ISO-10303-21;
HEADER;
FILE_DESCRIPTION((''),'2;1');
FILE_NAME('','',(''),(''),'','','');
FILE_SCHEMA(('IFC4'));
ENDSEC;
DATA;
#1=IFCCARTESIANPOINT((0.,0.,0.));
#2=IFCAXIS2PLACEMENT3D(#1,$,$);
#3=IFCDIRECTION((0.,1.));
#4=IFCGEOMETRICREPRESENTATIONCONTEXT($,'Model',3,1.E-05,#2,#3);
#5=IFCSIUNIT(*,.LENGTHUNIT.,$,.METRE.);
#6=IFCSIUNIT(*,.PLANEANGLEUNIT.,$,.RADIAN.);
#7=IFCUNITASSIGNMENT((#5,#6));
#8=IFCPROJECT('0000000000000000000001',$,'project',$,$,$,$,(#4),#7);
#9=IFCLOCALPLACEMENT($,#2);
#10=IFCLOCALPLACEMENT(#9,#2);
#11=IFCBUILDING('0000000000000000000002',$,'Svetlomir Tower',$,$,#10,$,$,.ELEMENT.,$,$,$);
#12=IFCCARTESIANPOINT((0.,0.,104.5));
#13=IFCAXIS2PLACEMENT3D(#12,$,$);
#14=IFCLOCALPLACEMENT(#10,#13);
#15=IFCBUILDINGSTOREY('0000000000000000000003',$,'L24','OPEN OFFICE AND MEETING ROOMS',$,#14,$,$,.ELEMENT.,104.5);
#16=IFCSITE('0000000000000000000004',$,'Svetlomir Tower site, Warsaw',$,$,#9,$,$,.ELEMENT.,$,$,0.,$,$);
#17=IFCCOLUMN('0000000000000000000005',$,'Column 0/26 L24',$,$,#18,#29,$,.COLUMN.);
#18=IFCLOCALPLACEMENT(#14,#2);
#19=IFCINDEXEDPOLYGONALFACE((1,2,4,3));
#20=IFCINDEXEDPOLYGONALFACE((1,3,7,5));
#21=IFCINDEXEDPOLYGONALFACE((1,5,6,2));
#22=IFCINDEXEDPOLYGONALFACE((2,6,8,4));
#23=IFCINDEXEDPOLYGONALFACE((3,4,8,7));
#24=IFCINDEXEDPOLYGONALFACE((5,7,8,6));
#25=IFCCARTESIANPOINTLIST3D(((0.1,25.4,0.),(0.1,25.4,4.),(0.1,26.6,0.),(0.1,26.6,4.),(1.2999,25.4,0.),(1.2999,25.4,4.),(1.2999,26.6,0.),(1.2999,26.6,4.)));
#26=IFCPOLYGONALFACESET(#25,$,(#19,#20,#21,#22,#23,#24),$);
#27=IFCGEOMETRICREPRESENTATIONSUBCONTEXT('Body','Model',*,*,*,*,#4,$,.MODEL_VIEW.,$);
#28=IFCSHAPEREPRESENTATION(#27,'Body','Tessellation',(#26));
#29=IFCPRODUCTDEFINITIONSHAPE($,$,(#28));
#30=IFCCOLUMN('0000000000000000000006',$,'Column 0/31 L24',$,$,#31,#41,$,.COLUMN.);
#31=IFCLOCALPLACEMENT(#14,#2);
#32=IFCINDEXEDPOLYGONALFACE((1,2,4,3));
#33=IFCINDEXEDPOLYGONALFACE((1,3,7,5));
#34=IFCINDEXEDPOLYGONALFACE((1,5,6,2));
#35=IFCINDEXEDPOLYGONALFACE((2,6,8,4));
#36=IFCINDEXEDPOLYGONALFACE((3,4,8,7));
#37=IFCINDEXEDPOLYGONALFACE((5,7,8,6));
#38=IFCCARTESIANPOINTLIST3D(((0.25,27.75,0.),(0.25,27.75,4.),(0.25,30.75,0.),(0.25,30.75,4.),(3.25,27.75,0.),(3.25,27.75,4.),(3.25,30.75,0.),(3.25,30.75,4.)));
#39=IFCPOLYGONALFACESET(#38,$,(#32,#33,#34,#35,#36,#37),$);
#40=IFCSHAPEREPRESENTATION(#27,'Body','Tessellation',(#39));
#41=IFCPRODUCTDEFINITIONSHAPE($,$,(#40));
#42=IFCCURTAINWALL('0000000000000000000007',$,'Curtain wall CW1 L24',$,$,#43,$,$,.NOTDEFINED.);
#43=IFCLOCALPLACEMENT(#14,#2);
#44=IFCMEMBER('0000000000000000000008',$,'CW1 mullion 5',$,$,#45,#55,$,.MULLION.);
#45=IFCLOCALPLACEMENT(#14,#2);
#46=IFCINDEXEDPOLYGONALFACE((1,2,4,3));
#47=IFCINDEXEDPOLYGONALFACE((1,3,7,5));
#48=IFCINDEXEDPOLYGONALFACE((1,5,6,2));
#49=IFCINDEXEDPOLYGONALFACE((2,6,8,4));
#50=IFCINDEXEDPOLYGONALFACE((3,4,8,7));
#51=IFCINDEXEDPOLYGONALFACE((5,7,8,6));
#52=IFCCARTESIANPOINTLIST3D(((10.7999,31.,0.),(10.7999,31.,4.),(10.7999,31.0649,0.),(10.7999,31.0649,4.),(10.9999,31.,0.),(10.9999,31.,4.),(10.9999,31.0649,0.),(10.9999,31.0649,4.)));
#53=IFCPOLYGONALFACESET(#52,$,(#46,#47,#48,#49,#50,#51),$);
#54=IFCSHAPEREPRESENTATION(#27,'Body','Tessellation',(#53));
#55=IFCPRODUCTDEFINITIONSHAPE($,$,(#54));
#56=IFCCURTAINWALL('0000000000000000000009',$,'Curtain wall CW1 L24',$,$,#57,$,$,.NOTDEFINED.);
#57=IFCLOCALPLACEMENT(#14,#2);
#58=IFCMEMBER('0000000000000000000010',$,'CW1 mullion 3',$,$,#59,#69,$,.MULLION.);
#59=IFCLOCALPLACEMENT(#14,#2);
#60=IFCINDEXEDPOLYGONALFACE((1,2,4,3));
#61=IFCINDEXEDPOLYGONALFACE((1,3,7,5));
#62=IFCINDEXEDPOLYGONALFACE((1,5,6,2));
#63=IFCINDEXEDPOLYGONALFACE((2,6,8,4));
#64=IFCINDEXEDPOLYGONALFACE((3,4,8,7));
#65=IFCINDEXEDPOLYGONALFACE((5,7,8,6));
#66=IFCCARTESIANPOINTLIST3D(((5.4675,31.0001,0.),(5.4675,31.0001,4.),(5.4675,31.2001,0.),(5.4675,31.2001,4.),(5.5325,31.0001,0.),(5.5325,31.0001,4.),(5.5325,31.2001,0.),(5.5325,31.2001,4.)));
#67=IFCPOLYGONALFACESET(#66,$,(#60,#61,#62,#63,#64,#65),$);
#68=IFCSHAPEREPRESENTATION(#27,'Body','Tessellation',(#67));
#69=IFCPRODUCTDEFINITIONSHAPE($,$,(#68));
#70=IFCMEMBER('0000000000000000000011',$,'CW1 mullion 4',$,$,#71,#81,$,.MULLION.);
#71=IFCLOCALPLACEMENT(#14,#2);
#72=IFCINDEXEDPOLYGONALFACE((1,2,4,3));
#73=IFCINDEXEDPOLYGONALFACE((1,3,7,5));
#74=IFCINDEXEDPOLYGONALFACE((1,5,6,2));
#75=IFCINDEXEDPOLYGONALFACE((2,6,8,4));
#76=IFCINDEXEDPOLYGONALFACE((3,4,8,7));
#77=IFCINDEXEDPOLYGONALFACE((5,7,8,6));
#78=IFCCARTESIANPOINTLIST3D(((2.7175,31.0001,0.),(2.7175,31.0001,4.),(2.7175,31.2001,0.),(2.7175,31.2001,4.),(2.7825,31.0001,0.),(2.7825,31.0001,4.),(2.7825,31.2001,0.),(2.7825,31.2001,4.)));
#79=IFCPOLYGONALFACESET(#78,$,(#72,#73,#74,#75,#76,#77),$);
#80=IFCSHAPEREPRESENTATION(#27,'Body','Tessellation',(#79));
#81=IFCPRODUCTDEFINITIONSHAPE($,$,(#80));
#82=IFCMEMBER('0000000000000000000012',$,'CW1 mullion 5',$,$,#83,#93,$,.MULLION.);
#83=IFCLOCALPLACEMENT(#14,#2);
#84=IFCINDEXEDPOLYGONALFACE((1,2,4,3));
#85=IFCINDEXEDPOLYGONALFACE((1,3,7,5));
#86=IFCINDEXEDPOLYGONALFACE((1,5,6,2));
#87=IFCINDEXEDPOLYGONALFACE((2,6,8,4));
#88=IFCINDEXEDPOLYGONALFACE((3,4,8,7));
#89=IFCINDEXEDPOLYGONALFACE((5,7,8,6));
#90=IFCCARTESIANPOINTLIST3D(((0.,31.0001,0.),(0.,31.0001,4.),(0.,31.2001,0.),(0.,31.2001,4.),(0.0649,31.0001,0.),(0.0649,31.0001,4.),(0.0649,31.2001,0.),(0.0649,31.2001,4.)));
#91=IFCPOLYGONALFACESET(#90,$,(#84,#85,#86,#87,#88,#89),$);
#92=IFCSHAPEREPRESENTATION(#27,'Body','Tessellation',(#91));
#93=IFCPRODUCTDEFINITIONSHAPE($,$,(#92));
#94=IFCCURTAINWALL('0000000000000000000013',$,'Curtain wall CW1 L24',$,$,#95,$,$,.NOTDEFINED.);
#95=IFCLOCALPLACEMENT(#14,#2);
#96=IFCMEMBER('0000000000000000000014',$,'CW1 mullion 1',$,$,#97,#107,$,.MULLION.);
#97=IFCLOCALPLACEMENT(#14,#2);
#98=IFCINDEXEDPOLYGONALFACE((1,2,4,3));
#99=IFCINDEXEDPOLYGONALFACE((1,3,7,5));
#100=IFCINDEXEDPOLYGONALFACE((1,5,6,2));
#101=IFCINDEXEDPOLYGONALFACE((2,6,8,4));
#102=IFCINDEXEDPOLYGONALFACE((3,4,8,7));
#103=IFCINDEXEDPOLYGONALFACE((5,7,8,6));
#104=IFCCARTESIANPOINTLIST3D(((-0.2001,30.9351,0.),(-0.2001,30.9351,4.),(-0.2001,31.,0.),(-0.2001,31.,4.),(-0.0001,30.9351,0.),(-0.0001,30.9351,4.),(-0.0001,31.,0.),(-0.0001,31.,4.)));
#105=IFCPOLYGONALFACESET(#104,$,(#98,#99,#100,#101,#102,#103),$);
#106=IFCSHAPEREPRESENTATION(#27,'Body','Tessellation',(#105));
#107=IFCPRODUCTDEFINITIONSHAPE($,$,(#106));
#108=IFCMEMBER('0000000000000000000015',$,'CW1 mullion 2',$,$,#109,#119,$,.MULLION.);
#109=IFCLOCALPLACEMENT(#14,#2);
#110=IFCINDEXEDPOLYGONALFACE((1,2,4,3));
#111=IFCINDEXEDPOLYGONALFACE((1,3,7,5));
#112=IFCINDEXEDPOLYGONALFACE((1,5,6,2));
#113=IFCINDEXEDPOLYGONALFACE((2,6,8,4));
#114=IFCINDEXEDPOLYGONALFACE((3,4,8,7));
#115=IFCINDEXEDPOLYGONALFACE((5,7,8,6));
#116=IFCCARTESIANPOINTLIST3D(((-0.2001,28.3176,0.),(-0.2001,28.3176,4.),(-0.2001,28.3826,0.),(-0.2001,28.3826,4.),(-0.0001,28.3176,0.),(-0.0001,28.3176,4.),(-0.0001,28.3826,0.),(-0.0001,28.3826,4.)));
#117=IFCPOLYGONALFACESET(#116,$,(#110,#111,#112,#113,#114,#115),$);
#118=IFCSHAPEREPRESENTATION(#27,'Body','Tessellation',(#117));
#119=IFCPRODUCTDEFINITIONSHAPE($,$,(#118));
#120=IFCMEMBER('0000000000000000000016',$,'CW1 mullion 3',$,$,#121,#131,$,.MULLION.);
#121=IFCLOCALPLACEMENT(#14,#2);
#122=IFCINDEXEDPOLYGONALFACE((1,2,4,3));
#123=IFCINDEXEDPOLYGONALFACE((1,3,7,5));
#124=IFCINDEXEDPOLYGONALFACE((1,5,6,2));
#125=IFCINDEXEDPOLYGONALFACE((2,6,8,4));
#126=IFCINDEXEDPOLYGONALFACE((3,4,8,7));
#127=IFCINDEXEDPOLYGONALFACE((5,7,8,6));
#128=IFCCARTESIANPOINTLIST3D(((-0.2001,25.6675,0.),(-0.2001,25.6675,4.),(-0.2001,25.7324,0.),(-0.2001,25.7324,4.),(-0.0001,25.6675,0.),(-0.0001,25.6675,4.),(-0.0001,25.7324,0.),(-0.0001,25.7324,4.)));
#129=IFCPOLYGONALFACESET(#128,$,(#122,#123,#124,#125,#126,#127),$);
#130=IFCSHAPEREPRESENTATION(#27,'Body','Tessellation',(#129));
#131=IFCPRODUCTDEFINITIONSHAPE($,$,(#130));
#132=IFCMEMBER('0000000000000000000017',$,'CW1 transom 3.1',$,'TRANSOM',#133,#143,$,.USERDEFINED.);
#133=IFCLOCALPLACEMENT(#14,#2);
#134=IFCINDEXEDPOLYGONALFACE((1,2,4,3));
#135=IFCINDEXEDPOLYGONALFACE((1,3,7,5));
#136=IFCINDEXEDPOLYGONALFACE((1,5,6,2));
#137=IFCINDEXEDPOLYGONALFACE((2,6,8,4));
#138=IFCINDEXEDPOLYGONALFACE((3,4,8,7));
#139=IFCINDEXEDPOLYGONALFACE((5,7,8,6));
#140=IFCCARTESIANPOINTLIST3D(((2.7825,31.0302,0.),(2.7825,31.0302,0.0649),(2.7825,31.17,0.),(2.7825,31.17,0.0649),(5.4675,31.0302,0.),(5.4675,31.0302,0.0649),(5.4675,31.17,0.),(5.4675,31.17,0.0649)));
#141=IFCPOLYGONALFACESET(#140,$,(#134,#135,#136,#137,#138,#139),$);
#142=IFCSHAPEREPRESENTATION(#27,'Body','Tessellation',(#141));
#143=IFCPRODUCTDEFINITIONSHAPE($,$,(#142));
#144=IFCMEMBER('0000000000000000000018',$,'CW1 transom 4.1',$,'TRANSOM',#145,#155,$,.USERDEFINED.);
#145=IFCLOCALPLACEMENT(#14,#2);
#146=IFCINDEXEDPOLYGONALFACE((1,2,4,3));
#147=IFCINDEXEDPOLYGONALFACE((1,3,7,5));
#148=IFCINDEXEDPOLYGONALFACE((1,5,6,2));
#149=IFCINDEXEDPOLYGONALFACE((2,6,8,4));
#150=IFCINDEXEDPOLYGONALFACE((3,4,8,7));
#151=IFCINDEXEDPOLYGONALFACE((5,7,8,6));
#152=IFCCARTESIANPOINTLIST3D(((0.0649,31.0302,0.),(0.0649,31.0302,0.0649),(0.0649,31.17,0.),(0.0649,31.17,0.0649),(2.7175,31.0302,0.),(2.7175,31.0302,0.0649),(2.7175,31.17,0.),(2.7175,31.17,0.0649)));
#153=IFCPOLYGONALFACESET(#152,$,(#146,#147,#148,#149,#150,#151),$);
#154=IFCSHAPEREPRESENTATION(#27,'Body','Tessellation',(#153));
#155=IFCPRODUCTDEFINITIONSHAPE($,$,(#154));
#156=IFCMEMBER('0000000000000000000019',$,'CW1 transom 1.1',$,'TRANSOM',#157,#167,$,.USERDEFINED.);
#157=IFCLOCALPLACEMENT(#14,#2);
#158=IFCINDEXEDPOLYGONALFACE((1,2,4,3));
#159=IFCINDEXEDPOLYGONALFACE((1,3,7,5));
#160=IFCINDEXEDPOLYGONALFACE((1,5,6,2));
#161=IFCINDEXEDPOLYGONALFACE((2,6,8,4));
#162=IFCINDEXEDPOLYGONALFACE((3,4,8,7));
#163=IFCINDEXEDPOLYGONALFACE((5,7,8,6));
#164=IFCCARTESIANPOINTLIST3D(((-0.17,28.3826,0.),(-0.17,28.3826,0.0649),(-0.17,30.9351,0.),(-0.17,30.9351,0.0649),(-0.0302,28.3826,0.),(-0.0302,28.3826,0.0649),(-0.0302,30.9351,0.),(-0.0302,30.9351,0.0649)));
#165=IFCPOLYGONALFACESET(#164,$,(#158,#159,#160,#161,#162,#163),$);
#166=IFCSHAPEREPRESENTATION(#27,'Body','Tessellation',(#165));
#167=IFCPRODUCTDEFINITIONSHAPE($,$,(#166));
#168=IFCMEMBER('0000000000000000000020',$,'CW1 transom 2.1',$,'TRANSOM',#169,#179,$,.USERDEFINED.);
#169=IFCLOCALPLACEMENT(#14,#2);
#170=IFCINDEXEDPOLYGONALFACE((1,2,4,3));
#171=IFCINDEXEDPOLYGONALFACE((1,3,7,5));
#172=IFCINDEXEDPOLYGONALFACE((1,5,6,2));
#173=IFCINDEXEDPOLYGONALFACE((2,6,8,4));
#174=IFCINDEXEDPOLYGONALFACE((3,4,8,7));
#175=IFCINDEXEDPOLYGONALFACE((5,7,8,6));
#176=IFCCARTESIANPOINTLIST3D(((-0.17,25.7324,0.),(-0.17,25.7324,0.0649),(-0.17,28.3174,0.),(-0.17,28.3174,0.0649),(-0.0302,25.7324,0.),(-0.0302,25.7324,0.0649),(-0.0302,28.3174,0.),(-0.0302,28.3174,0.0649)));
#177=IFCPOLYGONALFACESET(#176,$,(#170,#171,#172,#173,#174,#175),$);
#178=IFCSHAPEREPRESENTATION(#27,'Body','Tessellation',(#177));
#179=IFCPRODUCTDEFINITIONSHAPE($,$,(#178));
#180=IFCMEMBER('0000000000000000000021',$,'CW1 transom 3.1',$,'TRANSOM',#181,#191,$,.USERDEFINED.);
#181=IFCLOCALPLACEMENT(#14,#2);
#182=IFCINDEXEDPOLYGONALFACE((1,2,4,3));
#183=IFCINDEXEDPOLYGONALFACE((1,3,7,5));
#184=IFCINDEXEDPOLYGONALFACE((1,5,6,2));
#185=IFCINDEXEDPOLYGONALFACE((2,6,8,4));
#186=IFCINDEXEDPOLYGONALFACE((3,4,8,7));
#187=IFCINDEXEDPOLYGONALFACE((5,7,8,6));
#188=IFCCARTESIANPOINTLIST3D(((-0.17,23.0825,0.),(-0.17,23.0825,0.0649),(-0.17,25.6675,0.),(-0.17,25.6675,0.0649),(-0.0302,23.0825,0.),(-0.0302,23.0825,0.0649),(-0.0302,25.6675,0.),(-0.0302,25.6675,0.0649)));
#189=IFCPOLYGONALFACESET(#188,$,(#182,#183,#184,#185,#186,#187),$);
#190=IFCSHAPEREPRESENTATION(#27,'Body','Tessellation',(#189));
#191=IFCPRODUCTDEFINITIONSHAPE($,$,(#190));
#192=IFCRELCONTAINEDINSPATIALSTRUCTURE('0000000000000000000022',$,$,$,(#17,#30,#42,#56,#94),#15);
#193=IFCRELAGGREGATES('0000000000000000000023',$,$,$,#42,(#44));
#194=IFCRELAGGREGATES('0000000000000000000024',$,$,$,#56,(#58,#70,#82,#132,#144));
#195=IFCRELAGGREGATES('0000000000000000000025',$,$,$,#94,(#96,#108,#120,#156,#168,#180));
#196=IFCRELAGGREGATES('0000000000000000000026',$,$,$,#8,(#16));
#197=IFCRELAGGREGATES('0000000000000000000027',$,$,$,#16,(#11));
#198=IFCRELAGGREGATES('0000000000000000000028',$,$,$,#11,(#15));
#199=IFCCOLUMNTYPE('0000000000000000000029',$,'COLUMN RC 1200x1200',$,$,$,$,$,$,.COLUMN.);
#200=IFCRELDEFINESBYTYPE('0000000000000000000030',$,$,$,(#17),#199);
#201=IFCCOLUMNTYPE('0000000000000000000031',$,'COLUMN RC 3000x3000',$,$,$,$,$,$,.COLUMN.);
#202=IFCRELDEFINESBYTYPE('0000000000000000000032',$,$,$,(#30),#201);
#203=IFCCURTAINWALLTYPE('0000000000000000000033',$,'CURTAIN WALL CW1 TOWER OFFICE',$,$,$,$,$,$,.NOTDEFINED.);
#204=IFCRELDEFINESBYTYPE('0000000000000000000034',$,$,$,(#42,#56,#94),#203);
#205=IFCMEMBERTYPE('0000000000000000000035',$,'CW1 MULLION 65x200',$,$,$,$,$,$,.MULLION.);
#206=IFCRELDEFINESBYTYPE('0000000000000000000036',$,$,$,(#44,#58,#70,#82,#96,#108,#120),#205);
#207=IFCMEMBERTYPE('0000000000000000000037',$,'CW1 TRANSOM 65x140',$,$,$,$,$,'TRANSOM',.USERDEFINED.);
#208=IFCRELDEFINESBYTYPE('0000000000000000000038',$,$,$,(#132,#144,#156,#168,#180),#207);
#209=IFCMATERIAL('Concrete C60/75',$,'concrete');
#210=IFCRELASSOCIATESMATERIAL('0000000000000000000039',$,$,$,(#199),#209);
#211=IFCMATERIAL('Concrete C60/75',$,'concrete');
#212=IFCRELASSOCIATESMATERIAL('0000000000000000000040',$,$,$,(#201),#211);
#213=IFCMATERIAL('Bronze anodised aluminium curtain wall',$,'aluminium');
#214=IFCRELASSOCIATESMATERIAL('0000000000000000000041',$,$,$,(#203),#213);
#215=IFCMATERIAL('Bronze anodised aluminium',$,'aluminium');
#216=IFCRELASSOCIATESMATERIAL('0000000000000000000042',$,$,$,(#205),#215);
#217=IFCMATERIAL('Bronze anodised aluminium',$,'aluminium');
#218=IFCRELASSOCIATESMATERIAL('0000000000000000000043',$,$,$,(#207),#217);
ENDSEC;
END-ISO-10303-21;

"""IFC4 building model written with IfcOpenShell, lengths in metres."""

from ifc_helpers import new_model, si_unit, direction, frame, origin, origin_2d, place, context, subcontext, project, spatial, rectangle, extrude, material, material_profile, profile_set, type_object, element, aggregate, save


model = new_model("IFC4")

# Units and contexts
model_context = context("Model", 3, precision=1e-05, world=origin(), true_north=direction((0.0, 1.0)))
body_context = subcontext(model_context, "Body", "Model", "MODEL_VIEW")
ifc_project = project(units=[si_unit("LENGTHUNIT", "METRE"), si_unit("PLANEANGLEUNIT", "RADIAN")], contexts=[model_context])

# Site, building, storey
site_placement = place(None, origin())
site = spatial("IfcSite", under=ifc_project, at=site_placement, Name="Svetlomir Tower site, Warsaw", CompositionType="ELEMENT", RefElevation=0.0)
building_placement = place(site_placement, origin())
building = spatial("IfcBuilding", under=site, at=building_placement, Name="Svetlomir Tower", CompositionType="ELEMENT")
storey_placement = place(building_placement, frame((0.0, 0.0, 104.5)))
storey = spatial("IfcBuildingStorey", under=building, at=storey_placement, Name="L24", Description="OPEN OFFICE AND MEETING ROOMS", CompositionType="ELEMENT", Elevation=104.5)

# Columns
ifc_material_1 = material(Name="Concrete C60/75", Category="concrete")
ifc_material_profile_1 = material_profile(ifc_material_1, rectangle(XDim=1.2, YDim=1.2, at=origin_2d()), Name="RC 1200x1200")
ifc_profile_set_1 = profile_set([ifc_material_profile_1], Name="Concrete C60/75")
column_type_1 = type_object("IfcColumnType", Name="COLUMN RC 1200x1200", PredefinedType="COLUMN", material=ifc_profile_set_1)
column_1_placement = place(storey_placement, frame((0.7, 26.0, 0.0), z_axis=(0.0, 0.0, 1.0), x_axis=(1.0, 0.0, 0.0)))
element("IfcColumn", 1, at=column_1_placement, inside=storey, type_object=column_type_1, Name="Column 0/26 L24", PredefinedType="COLUMN", context=body_context, shape_type="SweptSolid", body=[
    extrude(rectangle(XDim=1.2, YDim=1.2, at=origin_2d()), origin(), (0.0, 0.0, 1.0), 4.0),
])
ifc_material_2 = material(Name="Concrete C60/75", Category="concrete")
ifc_material_profile_2 = material_profile(ifc_material_2, rectangle(XDim=3.0, YDim=3.0, at=origin_2d()), Name="RC 3000x3000")
ifc_profile_set_2 = profile_set([ifc_material_profile_2], Name="Concrete C60/75")
column_type_2 = type_object("IfcColumnType", Name="COLUMN RC 3000x3000", PredefinedType="COLUMN", material=ifc_profile_set_2)
column_2_placement = place(storey_placement, frame((1.75, 29.25, 0.0), z_axis=(0.0, 0.0, 1.0), x_axis=(1.0, 0.0, 0.0)))
element("IfcColumn", 2, at=column_2_placement, inside=storey, type_object=column_type_2, Name="Column 0/31 L24", PredefinedType="COLUMN", context=body_context, shape_type="SweptSolid", body=[
    extrude(rectangle(XDim=3.0, YDim=3.0, at=origin_2d()), origin(), (0.0, 0.0, 1.0), 4.0),
])

# Curtain wall, member
ifc_material_3 = material(Name="Bronze anodised aluminium curtain wall", Category="aluminium")
curtain_wall_type = type_object("IfcCurtainWallType", Name="CURTAIN WALL CW1 TOWER OFFICE", PredefinedType="NOTDEFINED", material=ifc_material_3)
curtain_wall_1_placement = place(storey_placement, origin())
curtain_wall_1 = element("IfcCurtainWall", 3, at=curtain_wall_1_placement, inside=storey, type_object=curtain_wall_type, Name="Curtain wall CW1 L24", PredefinedType="NOTDEFINED")
ifc_material_4 = material(Name="Bronze anodised aluminium", Category="aluminium")
ifc_material_profile_3 = material_profile(ifc_material_4, rectangle(XDim=0.0649, YDim=0.2, at=origin_2d()), Name="AL 65x200")
ifc_profile_set_3 = profile_set([ifc_material_profile_3], Name="Bronze anodised aluminium 6063-T6")
member_type_1 = type_object("IfcMemberType", Name="CW1 MULLION 65x200", PredefinedType="MULLION", material=ifc_profile_set_3)
member_1_placement = place(storey_placement, frame((10.8999, 31.0325, 0.0), z_axis=(0.0, 0.0, 1.0), x_axis=(0.0, -1.0, 0.0)))
member_1 = element("IfcMember", 4, at=member_1_placement, type_object=member_type_1, Name="CW1 mullion 5", PredefinedType="MULLION", context=body_context, shape_type="SweptSolid", body=[
    extrude(rectangle(XDim=0.0649, YDim=0.2, at=origin_2d()), origin(), (0.0, 0.0, 1.0), 4.0),
])
aggregate(curtain_wall_1, [member_1])

# Curtain walls, members
curtain_wall_2_placement = place(storey_placement, origin())
curtain_wall_2 = element("IfcCurtainWall", 5, at=curtain_wall_2_placement, inside=storey, type_object=curtain_wall_type, Name="Curtain wall CW1 L24", PredefinedType="NOTDEFINED")
member_2_placement = place(storey_placement, frame((5.5, 31.1001, 0.0), z_axis=(0.0, 0.0, 1.0), x_axis=(-1.0, 0.0, 0.0)))
member_2 = element("IfcMember", 6, at=member_2_placement, type_object=member_type_1, Name="CW1 mullion 3", PredefinedType="MULLION", context=body_context, shape_type="SweptSolid", body=[
    extrude(rectangle(XDim=0.0649, YDim=0.2, at=origin_2d()), origin(), (0.0, 0.0, 1.0), 4.0),
])
member_3_placement = place(storey_placement, frame((2.75, 31.1001, 0.0), z_axis=(0.0, 0.0, 1.0), x_axis=(-1.0, 0.0, 0.0)))
member_3 = element("IfcMember", 7, at=member_3_placement, type_object=member_type_1, Name="CW1 mullion 4", PredefinedType="MULLION", context=body_context, shape_type="SweptSolid", body=[
    extrude(rectangle(XDim=0.0649, YDim=0.2, at=origin_2d()), origin(), (0.0, 0.0, 1.0), 4.0),
])
member_4_placement = place(storey_placement, frame((0.0325, 31.1001, 0.0), z_axis=(0.0, 0.0, 1.0), x_axis=(-1.0, 0.0, 0.0)))
member_4 = element("IfcMember", 8, at=member_4_placement, type_object=member_type_1, Name="CW1 mullion 5", PredefinedType="MULLION", context=body_context, shape_type="SweptSolid", body=[
    extrude(rectangle(XDim=0.0649, YDim=0.2, at=origin_2d()), origin(), (0.0, 0.0, 1.0), 4.0),
])
curtain_wall_3_placement = place(storey_placement, origin())
curtain_wall_3 = element("IfcCurtainWall", 9, at=curtain_wall_3_placement, inside=storey, type_object=curtain_wall_type, Name="Curtain wall CW1 L24", PredefinedType="NOTDEFINED")
member_5_placement = place(storey_placement, frame((-0.1001, 30.9675, 0.0), z_axis=(0.0, 0.0, 1.0), x_axis=(0.0, -1.0, 0.0)))
member_5 = element("IfcMember", 10, at=member_5_placement, type_object=member_type_1, Name="CW1 mullion 1", PredefinedType="MULLION", context=body_context, shape_type="SweptSolid", body=[
    extrude(rectangle(XDim=0.0649, YDim=0.2, at=origin_2d()), origin(), (0.0, 0.0, 1.0), 4.0),
])
member_6_placement = place(storey_placement, frame((-0.1001, 28.3501, 0.0), z_axis=(0.0, 0.0, 1.0), x_axis=(0.0, -1.0, 0.0)))
member_6 = element("IfcMember", 11, at=member_6_placement, type_object=member_type_1, Name="CW1 mullion 2", PredefinedType="MULLION", context=body_context, shape_type="SweptSolid", body=[
    extrude(rectangle(XDim=0.0649, YDim=0.2, at=origin_2d()), origin(), (0.0, 0.0, 1.0), 4.0),
])
member_7_placement = place(storey_placement, frame((-0.1001, 25.7, 0.0), z_axis=(0.0, 0.0, 1.0), x_axis=(0.0, -1.0, 0.0)))
member_7 = element("IfcMember", 12, at=member_7_placement, type_object=member_type_1, Name="CW1 mullion 3", PredefinedType="MULLION", context=body_context, shape_type="SweptSolid", body=[
    extrude(rectangle(XDim=0.0649, YDim=0.2, at=origin_2d()), origin(), (0.0, 0.0, 1.0), 4.0),
])

# Members
ifc_material_5 = material(Name="Bronze anodised aluminium", Category="aluminium")
ifc_material_profile_4 = material_profile(ifc_material_5, rectangle(XDim=0.1399, YDim=0.0649, at=origin_2d()), Name="AL 140x65")
ifc_profile_set_4 = profile_set([ifc_material_profile_4], Name="Bronze anodised aluminium 6063-T6")
member_type_2 = type_object("IfcMemberType", Name="CW1 TRANSOM 65x140", ElementType="TRANSOM", PredefinedType="USERDEFINED", material=ifc_profile_set_4)
member_8_placement = place(storey_placement, frame((5.4675, 31.1001, 0.0325), z_axis=(-1.0, 0.0, 0.0), x_axis=(0.0, -1.0, 0.0)))
member_8 = element("IfcMember", 13, at=member_8_placement, type_object=member_type_2, Name="CW1 transom 3.1", ObjectType="TRANSOM", PredefinedType="USERDEFINED", context=body_context, shape_type="SweptSolid", body=[
    extrude(rectangle(XDim=0.1399, YDim=0.0649, at=origin_2d()), origin(), (0.0, 0.0, 1.0), 2.6851),
])
member_9_placement = place(storey_placement, frame((2.7175, 31.1001, 0.0325), z_axis=(-1.0, 0.0, 0.0), x_axis=(0.0, -1.0, 0.0)))
member_9 = element("IfcMember", 14, at=member_9_placement, type_object=member_type_2, Name="CW1 transom 4.1", ObjectType="TRANSOM", PredefinedType="USERDEFINED", context=body_context, shape_type="SweptSolid", body=[
    extrude(rectangle(XDim=0.1399, YDim=0.0649, at=origin_2d()), origin(), (0.0, 0.0, 1.0), 2.6526),
])
member_10_placement = place(storey_placement, frame((-0.1001, 30.9351, 0.0325), z_axis=(0.0, -1.0, 0.0), x_axis=(1.0, 0.0, 0.0)))
member_10 = element("IfcMember", 15, at=member_10_placement, type_object=member_type_2, Name="CW1 transom 1.1", ObjectType="TRANSOM", PredefinedType="USERDEFINED", context=body_context, shape_type="SweptSolid", body=[
    extrude(rectangle(XDim=0.1399, YDim=0.0649, at=origin_2d()), origin(), (0.0, 0.0, 1.0), 2.5525),
])
member_11_placement = place(storey_placement, frame((-0.1001, 28.3174, 0.0325), z_axis=(0.0, -1.0, 0.0), x_axis=(1.0, 0.0, 0.0)))
member_11 = element("IfcMember", 16, at=member_11_placement, type_object=member_type_2, Name="CW1 transom 2.1", ObjectType="TRANSOM", PredefinedType="USERDEFINED", context=body_context, shape_type="SweptSolid", body=[
    extrude(rectangle(XDim=0.1399, YDim=0.0649, at=origin_2d()), origin(), (0.0, 0.0, 1.0), 2.585),
])
member_12_placement = place(storey_placement, frame((-0.1001, 25.6675, 0.0325), z_axis=(0.0, -1.0, 0.0), x_axis=(1.0, 0.0, 0.0)))
member_12 = element("IfcMember", 17, at=member_12_placement, type_object=member_type_2, Name="CW1 transom 3.1", ObjectType="TRANSOM", PredefinedType="USERDEFINED", context=body_context, shape_type="SweptSolid", body=[
    extrude(rectangle(XDim=0.1399, YDim=0.0649, at=origin_2d()), origin(), (0.0, 0.0, 1.0), 2.585),
])

aggregate(curtain_wall_2, [member_2, member_3, member_4, member_8, member_9])
aggregate(curtain_wall_3, [member_5, member_6, member_7, member_10, member_11, member_12])

save(model, "model.ifc")
